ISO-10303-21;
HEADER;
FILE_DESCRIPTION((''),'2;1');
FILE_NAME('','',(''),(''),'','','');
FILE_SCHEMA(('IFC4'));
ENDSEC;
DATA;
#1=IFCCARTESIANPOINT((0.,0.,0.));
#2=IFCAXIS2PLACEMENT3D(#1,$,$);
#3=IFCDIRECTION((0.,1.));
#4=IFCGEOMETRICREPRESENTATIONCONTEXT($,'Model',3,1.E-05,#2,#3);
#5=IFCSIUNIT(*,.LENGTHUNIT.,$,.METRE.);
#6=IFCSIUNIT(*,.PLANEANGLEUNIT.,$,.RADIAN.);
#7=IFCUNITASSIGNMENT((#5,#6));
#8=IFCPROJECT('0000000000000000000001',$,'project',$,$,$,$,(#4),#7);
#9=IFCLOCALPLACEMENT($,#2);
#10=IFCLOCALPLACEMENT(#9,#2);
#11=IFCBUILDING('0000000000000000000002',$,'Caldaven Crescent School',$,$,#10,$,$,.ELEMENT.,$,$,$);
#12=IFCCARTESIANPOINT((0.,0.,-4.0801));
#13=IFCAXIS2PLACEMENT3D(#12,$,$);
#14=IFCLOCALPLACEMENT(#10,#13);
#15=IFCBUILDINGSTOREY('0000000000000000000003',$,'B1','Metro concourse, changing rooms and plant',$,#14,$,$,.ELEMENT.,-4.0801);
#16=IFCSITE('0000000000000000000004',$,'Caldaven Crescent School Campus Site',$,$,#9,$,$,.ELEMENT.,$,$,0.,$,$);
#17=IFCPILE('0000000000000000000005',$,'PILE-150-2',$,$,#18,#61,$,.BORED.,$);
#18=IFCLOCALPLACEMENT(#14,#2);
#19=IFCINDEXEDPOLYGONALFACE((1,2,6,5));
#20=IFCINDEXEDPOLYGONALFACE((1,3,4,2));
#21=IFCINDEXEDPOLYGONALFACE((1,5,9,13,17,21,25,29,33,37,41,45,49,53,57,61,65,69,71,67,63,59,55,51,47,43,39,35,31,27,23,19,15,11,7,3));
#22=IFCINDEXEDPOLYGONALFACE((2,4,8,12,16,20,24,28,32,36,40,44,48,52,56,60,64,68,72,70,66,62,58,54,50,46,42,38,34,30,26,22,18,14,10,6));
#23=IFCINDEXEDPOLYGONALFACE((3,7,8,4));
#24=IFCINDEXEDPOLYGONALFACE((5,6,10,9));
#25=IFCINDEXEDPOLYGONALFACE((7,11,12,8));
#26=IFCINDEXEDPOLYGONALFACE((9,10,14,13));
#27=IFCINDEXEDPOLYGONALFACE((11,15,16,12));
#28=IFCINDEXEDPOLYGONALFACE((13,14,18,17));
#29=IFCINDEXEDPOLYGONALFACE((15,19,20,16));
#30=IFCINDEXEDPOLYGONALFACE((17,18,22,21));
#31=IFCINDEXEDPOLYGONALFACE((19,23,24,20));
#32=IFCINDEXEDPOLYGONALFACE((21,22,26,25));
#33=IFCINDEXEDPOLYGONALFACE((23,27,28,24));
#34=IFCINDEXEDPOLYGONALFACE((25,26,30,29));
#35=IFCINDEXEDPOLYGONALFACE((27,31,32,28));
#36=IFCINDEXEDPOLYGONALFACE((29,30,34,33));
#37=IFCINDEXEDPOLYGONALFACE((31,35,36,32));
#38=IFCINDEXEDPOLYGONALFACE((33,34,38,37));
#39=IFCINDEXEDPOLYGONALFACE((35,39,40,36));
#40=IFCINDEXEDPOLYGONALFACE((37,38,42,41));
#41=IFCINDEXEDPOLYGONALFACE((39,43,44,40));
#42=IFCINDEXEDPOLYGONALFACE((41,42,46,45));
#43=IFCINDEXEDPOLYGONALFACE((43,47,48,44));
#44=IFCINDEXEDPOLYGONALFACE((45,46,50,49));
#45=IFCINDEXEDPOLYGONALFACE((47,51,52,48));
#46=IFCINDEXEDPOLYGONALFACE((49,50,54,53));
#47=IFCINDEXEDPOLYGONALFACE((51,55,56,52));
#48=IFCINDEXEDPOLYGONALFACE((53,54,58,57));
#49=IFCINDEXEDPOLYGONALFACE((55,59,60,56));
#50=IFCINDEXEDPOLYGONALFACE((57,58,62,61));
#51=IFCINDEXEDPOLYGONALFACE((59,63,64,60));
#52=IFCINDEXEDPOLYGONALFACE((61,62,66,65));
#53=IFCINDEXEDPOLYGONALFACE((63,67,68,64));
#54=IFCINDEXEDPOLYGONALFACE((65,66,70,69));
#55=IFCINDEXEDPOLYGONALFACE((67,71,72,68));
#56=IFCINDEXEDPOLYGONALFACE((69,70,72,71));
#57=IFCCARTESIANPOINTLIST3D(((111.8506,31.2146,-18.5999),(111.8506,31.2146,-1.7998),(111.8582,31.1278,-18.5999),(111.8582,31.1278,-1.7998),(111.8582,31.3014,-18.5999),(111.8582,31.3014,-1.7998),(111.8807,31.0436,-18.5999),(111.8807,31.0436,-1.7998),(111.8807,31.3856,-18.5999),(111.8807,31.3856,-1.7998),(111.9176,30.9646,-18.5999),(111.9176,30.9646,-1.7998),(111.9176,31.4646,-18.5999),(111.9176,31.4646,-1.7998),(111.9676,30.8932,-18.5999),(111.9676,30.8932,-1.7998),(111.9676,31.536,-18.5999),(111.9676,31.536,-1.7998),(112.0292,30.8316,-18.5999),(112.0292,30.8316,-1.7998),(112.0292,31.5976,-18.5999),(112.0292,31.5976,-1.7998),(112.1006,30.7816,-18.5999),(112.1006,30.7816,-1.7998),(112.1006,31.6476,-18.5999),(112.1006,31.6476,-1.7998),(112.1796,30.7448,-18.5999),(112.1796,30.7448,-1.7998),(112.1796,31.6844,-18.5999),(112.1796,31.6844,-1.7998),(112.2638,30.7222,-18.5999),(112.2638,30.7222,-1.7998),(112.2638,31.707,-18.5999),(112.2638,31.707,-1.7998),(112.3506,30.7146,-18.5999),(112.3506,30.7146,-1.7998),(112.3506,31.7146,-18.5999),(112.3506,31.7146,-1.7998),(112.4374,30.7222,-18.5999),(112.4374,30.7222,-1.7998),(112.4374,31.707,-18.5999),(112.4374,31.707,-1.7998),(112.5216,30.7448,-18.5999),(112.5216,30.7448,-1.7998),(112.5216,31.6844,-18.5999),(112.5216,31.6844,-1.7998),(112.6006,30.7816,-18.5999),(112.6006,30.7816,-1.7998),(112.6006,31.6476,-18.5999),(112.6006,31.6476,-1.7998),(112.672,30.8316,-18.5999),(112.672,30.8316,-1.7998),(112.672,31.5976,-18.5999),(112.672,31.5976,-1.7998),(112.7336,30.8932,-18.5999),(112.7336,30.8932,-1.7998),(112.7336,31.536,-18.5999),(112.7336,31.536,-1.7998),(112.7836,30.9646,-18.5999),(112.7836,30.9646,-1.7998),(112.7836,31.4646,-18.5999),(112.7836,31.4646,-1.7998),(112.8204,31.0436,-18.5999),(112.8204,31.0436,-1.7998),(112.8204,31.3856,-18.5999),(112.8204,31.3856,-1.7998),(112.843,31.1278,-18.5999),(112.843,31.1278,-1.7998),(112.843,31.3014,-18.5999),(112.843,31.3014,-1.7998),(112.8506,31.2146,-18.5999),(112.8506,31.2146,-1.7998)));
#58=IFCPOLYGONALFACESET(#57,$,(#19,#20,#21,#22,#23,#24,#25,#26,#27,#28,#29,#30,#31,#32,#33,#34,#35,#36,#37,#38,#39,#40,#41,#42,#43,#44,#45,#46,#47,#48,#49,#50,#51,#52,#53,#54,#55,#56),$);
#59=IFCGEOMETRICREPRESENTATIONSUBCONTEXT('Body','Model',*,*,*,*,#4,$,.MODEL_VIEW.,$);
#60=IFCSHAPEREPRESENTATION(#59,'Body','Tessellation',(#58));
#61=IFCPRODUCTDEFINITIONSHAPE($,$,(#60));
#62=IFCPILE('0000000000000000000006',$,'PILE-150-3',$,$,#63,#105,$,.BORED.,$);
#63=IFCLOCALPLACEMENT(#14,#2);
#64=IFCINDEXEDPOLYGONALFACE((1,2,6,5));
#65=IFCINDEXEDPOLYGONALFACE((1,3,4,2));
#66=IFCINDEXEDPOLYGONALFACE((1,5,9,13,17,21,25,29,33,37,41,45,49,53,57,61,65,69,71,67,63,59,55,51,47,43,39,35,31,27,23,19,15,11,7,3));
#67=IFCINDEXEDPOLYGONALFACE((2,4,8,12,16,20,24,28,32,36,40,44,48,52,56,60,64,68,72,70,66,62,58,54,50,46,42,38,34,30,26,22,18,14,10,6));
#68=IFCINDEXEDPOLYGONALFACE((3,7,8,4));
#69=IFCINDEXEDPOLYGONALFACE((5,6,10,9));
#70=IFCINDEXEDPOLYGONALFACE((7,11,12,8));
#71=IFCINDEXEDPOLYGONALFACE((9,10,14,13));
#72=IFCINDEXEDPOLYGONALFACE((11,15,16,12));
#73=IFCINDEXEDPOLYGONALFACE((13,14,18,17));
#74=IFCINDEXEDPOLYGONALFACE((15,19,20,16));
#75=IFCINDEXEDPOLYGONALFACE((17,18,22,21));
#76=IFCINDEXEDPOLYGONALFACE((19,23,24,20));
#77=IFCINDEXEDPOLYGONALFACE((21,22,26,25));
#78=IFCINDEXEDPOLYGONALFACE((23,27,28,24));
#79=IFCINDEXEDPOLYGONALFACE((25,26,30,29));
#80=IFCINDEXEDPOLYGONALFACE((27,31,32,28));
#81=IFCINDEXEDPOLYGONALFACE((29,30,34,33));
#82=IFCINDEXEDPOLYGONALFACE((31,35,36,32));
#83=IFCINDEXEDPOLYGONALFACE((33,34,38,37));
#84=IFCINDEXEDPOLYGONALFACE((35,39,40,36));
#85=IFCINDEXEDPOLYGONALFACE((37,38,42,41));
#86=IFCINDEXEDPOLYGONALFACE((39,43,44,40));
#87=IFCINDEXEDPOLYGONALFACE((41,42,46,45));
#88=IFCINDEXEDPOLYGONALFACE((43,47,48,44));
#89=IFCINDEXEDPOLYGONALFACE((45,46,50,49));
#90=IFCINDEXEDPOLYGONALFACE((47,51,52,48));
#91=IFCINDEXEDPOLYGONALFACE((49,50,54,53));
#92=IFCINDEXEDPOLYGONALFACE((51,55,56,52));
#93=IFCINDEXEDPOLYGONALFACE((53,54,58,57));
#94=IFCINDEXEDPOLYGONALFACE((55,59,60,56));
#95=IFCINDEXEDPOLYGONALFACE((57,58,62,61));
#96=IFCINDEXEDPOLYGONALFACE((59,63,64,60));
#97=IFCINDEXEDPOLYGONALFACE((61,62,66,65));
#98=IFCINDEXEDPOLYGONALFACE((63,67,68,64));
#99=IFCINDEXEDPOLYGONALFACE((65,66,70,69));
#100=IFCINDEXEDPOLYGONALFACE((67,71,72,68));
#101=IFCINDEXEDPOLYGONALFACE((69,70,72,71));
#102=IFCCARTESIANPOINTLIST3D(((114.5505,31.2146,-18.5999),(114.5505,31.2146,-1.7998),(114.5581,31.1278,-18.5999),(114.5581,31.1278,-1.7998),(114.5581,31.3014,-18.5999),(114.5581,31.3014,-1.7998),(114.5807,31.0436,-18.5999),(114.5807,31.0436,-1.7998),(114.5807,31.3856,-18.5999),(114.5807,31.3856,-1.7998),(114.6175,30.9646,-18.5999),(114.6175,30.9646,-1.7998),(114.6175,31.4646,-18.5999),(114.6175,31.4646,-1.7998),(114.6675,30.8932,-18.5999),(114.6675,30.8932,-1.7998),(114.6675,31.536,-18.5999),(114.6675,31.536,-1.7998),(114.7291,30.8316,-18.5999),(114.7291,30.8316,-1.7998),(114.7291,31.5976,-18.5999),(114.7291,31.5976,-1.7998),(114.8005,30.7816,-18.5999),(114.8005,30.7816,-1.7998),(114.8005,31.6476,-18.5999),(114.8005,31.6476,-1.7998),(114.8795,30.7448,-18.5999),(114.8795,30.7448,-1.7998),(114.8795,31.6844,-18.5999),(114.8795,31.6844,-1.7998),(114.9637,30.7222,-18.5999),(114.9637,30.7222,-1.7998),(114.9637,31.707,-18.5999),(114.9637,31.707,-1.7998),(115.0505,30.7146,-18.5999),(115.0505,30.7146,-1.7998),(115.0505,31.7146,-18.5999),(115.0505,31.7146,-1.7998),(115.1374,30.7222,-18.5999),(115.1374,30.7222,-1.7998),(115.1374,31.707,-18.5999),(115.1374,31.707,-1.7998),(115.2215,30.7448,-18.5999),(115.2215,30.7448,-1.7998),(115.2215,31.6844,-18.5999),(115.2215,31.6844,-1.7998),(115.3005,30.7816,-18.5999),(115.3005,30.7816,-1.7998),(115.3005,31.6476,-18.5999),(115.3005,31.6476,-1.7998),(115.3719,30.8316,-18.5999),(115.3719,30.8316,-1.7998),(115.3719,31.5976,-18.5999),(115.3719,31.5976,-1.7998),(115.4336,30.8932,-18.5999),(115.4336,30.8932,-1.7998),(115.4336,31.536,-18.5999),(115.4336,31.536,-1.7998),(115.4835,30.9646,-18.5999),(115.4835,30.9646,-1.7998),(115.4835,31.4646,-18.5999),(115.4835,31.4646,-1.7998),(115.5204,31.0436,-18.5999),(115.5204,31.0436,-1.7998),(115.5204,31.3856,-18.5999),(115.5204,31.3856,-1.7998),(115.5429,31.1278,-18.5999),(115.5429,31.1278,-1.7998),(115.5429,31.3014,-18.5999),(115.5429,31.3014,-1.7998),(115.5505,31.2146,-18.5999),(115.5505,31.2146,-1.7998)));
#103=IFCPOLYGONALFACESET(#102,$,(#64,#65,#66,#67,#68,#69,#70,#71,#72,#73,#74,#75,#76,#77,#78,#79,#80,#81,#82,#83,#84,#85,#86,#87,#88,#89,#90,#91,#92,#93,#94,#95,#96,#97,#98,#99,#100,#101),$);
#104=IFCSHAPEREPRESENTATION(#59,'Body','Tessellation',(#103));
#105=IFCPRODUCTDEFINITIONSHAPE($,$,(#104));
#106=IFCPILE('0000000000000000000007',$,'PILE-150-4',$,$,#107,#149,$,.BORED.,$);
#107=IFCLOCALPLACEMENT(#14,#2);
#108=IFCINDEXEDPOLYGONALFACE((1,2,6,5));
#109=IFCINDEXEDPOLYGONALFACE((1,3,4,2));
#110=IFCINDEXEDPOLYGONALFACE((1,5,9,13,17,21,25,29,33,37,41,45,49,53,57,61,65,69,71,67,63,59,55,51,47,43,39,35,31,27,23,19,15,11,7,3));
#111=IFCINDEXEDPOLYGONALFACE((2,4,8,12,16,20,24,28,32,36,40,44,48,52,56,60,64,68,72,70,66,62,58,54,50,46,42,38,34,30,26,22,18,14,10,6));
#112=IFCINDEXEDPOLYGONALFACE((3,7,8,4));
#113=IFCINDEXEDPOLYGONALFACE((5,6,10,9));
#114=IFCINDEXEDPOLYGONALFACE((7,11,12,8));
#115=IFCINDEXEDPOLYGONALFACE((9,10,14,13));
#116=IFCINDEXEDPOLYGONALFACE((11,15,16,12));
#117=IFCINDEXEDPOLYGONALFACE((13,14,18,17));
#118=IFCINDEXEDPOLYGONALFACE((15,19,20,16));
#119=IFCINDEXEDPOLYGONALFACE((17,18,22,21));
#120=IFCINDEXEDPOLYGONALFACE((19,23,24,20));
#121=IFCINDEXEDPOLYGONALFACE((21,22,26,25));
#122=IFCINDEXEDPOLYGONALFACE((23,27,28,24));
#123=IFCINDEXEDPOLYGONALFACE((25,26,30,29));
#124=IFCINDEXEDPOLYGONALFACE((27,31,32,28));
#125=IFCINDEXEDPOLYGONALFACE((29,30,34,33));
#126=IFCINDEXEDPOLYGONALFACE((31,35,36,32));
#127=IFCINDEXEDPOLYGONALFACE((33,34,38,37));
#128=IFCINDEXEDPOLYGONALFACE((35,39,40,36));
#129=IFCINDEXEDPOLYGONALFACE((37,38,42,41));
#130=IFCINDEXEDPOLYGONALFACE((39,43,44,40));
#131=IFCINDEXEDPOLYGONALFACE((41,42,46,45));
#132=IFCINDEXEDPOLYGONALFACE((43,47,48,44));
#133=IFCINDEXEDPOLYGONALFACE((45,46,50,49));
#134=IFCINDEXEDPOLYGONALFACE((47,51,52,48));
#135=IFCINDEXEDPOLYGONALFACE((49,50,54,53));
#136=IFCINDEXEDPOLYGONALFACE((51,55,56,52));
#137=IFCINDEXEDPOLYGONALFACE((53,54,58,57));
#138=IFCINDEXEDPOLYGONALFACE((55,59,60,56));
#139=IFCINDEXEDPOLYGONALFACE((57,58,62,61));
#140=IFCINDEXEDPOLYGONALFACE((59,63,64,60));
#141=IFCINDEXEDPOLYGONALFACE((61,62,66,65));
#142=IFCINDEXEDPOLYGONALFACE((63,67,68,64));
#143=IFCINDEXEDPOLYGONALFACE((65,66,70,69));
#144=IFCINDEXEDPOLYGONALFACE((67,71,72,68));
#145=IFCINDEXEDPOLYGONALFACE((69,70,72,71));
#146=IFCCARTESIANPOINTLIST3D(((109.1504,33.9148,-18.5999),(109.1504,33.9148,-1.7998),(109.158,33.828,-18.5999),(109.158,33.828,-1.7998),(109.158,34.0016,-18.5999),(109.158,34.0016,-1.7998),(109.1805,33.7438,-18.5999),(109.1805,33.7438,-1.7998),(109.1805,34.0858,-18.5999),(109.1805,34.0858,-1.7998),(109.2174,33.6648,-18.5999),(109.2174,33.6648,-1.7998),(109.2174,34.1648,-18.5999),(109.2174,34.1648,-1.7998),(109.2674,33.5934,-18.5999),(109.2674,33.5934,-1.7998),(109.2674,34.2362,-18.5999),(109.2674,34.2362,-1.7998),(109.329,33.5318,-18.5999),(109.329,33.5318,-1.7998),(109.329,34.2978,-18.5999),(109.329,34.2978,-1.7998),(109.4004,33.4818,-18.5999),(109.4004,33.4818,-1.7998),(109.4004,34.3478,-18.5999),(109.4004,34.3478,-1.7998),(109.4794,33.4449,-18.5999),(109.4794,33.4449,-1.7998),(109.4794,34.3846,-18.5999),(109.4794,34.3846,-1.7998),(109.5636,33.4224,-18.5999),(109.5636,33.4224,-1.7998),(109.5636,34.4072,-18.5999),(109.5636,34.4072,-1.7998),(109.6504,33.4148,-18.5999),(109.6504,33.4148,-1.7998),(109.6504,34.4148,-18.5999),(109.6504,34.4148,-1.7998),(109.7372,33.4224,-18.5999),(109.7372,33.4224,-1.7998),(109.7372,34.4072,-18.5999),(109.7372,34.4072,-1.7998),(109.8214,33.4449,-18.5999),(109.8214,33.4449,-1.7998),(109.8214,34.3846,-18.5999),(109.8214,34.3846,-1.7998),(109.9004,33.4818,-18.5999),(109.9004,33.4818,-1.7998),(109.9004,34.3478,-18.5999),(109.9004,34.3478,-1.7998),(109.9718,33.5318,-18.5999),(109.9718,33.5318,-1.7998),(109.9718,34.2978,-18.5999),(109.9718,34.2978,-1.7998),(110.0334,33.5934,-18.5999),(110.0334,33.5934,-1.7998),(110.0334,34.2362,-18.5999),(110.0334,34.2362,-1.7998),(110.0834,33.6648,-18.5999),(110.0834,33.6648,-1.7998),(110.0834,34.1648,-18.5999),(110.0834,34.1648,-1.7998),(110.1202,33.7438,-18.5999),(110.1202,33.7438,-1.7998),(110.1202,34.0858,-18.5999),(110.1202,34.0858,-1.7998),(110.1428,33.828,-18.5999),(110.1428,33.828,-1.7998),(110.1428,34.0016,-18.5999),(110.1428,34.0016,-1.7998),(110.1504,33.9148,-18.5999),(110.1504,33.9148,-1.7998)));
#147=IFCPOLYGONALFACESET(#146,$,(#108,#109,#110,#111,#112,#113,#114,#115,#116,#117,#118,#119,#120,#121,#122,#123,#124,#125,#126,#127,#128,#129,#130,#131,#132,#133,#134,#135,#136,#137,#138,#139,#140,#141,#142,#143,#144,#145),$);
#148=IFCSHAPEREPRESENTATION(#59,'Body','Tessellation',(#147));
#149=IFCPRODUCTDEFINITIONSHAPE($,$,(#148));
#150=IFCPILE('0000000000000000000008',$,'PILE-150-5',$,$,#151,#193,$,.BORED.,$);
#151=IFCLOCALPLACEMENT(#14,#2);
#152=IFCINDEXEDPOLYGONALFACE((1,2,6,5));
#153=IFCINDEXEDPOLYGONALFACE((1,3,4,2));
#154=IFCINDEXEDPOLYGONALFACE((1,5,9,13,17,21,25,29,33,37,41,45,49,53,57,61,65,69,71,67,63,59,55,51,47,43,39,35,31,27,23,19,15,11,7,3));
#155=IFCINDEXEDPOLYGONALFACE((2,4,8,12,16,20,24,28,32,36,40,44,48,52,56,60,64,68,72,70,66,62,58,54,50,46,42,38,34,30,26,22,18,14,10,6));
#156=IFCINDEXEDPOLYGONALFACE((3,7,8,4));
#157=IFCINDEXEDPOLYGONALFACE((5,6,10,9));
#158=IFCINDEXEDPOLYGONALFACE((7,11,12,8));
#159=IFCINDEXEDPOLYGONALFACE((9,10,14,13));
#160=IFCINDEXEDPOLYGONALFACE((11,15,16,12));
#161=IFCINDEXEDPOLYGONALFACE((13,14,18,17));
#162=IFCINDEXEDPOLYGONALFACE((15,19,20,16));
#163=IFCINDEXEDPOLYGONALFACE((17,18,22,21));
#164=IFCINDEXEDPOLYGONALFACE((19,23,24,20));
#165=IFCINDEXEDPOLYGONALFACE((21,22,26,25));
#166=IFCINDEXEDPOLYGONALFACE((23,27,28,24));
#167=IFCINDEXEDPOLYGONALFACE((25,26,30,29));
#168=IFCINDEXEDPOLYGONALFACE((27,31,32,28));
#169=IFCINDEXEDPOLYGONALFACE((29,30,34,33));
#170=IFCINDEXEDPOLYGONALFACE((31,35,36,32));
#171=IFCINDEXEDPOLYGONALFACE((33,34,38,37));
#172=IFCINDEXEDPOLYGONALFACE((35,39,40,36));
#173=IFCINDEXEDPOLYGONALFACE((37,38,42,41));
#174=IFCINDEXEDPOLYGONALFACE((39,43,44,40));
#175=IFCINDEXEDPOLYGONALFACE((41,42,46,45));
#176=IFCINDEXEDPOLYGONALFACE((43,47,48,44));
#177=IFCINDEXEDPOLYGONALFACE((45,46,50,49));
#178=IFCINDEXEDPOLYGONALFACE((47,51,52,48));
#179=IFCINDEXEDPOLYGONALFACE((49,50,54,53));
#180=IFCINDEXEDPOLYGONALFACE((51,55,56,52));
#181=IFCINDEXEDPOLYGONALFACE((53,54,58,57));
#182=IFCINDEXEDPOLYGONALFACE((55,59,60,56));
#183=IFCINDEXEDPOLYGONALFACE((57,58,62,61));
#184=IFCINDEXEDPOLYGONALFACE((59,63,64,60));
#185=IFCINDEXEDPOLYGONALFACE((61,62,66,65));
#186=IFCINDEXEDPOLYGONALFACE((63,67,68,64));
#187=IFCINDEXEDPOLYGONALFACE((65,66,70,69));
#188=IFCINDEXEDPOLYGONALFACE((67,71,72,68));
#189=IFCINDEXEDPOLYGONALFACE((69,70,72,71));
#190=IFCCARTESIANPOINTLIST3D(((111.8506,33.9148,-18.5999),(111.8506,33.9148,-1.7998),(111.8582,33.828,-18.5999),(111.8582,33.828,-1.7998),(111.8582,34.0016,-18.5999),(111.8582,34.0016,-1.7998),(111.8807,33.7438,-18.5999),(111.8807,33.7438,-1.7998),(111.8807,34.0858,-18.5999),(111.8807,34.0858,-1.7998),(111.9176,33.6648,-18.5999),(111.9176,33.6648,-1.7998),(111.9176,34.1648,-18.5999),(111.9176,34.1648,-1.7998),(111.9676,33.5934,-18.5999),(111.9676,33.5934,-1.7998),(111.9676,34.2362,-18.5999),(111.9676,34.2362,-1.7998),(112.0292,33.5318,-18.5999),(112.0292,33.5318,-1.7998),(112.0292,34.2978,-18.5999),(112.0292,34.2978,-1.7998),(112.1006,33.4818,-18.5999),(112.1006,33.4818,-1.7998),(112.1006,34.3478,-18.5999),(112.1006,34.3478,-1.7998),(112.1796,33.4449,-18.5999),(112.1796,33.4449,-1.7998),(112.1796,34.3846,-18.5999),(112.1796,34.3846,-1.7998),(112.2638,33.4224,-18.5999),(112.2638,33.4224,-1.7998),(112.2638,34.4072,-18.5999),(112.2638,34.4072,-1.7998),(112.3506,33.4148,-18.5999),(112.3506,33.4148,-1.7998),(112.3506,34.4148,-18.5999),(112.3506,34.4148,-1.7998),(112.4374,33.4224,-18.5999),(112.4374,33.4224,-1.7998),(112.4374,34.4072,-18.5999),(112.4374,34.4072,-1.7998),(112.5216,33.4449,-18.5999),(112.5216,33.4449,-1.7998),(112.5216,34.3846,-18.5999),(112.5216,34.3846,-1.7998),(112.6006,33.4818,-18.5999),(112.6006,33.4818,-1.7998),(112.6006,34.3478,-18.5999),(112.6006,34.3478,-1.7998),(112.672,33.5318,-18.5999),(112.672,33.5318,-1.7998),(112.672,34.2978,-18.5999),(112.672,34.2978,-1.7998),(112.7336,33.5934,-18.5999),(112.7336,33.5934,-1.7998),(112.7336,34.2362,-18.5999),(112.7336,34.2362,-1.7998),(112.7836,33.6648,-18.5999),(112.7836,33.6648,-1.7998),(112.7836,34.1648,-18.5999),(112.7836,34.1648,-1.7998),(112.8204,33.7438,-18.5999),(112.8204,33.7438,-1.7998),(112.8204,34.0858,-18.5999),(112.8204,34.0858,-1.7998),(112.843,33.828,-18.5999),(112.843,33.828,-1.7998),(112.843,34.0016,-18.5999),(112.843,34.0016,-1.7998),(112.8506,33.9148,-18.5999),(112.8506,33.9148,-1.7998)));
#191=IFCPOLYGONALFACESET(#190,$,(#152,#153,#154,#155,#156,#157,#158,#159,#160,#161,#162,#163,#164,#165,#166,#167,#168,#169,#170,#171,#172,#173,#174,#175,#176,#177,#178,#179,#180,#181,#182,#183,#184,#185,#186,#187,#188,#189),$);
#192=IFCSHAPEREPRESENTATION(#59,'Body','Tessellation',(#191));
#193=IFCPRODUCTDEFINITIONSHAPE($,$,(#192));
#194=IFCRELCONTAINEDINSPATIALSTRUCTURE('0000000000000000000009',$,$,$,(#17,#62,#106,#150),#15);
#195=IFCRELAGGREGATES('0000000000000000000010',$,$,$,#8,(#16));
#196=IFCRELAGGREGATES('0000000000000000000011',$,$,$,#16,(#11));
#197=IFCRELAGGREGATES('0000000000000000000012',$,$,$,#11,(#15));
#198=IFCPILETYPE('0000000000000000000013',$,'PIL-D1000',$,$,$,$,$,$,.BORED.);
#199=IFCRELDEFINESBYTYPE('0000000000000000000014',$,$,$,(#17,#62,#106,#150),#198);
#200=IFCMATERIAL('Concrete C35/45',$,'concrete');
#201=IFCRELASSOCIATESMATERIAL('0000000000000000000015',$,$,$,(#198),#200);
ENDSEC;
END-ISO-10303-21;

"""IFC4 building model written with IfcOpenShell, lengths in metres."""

from ifc_helpers import new_model, si_unit, direction, frame, origin, origin_2d, place, context, subcontext, project, spatial, circle, extrude, material, material_profile, profile_set, type_object, element, save


model = new_model("IFC4")

# Units and contexts
model_context = context("Model", 3, precision=1e-05, world=origin(), true_north=direction((0.0, 1.0)))
body_context = subcontext(model_context, "Body", "Model", "MODEL_VIEW")
ifc_project = project(units=[si_unit("LENGTHUNIT", "METRE"), si_unit("PLANEANGLEUNIT", "RADIAN")], contexts=[model_context])

# Site, building, storey
site_placement = place(None, origin())
site = spatial("IfcSite", under=ifc_project, at=site_placement, Name="Caldaven Crescent School Campus Site", CompositionType="ELEMENT", RefElevation=0.0)
building_placement = place(site_placement, origin())
building = spatial("IfcBuilding", under=site, at=building_placement, Name="Caldaven Crescent School", CompositionType="ELEMENT")
storey_placement = place(building_placement, frame((0.0, 0.0, -4.0801)))
storey = spatial("IfcBuildingStorey", under=building, at=storey_placement, Name="B1", Description="Metro concourse, changing rooms and plant", CompositionType="ELEMENT", Elevation=-4.0801)

# Shared definitions
ifc_material_1 = material(Name="Concrete C35/45", Category="concrete")

# Piles
ifc_material_profile_1 = material_profile(ifc_material_1, circle(Radius=0.5, at=origin_2d()), Name="PILE D1000")
ifc_profile_set_1 = profile_set([ifc_material_profile_1], Name="Concrete C35/45")
pile_type = type_object("IfcPileType", Name="PIL-D1000", PredefinedType="BORED", material=ifc_profile_set_1)
for number, where, z_axis, x_axis, name in (
    (1, (112.3506, 31.2146, -1.7998), (0.0, 0.0, -1.0), (1.0, 0.0, 0.0), "PILE-150-2"),
    (2, (115.0505, 31.2146, -1.7998), (0.0, 0.0, -1.0), (1.0, 0.0, 0.0), "PILE-150-3"),
    (3, (109.6504, 33.9148, -1.7998), (0.0, 0.0, -1.0), (1.0, 0.0, 0.0), "PILE-150-4"),
    (4, (112.3506, 33.9148, -1.7998), (0.0, 0.0, -1.0), (1.0, 0.0, 0.0), "PILE-150-5"),
):
    element("IfcPile", number, at=place(storey_placement, frame(where, z_axis=z_axis, x_axis=x_axis)), inside=storey, type_object=pile_type, Name=name, PredefinedType="BORED", context=body_context, shape_type="SweptSolid", body=[
        extrude(circle(Radius=0.5, at=origin_2d()), origin(), (0.0, 0.0, 1.0), 16.8),
    ])

save(model, "model.ifc")
